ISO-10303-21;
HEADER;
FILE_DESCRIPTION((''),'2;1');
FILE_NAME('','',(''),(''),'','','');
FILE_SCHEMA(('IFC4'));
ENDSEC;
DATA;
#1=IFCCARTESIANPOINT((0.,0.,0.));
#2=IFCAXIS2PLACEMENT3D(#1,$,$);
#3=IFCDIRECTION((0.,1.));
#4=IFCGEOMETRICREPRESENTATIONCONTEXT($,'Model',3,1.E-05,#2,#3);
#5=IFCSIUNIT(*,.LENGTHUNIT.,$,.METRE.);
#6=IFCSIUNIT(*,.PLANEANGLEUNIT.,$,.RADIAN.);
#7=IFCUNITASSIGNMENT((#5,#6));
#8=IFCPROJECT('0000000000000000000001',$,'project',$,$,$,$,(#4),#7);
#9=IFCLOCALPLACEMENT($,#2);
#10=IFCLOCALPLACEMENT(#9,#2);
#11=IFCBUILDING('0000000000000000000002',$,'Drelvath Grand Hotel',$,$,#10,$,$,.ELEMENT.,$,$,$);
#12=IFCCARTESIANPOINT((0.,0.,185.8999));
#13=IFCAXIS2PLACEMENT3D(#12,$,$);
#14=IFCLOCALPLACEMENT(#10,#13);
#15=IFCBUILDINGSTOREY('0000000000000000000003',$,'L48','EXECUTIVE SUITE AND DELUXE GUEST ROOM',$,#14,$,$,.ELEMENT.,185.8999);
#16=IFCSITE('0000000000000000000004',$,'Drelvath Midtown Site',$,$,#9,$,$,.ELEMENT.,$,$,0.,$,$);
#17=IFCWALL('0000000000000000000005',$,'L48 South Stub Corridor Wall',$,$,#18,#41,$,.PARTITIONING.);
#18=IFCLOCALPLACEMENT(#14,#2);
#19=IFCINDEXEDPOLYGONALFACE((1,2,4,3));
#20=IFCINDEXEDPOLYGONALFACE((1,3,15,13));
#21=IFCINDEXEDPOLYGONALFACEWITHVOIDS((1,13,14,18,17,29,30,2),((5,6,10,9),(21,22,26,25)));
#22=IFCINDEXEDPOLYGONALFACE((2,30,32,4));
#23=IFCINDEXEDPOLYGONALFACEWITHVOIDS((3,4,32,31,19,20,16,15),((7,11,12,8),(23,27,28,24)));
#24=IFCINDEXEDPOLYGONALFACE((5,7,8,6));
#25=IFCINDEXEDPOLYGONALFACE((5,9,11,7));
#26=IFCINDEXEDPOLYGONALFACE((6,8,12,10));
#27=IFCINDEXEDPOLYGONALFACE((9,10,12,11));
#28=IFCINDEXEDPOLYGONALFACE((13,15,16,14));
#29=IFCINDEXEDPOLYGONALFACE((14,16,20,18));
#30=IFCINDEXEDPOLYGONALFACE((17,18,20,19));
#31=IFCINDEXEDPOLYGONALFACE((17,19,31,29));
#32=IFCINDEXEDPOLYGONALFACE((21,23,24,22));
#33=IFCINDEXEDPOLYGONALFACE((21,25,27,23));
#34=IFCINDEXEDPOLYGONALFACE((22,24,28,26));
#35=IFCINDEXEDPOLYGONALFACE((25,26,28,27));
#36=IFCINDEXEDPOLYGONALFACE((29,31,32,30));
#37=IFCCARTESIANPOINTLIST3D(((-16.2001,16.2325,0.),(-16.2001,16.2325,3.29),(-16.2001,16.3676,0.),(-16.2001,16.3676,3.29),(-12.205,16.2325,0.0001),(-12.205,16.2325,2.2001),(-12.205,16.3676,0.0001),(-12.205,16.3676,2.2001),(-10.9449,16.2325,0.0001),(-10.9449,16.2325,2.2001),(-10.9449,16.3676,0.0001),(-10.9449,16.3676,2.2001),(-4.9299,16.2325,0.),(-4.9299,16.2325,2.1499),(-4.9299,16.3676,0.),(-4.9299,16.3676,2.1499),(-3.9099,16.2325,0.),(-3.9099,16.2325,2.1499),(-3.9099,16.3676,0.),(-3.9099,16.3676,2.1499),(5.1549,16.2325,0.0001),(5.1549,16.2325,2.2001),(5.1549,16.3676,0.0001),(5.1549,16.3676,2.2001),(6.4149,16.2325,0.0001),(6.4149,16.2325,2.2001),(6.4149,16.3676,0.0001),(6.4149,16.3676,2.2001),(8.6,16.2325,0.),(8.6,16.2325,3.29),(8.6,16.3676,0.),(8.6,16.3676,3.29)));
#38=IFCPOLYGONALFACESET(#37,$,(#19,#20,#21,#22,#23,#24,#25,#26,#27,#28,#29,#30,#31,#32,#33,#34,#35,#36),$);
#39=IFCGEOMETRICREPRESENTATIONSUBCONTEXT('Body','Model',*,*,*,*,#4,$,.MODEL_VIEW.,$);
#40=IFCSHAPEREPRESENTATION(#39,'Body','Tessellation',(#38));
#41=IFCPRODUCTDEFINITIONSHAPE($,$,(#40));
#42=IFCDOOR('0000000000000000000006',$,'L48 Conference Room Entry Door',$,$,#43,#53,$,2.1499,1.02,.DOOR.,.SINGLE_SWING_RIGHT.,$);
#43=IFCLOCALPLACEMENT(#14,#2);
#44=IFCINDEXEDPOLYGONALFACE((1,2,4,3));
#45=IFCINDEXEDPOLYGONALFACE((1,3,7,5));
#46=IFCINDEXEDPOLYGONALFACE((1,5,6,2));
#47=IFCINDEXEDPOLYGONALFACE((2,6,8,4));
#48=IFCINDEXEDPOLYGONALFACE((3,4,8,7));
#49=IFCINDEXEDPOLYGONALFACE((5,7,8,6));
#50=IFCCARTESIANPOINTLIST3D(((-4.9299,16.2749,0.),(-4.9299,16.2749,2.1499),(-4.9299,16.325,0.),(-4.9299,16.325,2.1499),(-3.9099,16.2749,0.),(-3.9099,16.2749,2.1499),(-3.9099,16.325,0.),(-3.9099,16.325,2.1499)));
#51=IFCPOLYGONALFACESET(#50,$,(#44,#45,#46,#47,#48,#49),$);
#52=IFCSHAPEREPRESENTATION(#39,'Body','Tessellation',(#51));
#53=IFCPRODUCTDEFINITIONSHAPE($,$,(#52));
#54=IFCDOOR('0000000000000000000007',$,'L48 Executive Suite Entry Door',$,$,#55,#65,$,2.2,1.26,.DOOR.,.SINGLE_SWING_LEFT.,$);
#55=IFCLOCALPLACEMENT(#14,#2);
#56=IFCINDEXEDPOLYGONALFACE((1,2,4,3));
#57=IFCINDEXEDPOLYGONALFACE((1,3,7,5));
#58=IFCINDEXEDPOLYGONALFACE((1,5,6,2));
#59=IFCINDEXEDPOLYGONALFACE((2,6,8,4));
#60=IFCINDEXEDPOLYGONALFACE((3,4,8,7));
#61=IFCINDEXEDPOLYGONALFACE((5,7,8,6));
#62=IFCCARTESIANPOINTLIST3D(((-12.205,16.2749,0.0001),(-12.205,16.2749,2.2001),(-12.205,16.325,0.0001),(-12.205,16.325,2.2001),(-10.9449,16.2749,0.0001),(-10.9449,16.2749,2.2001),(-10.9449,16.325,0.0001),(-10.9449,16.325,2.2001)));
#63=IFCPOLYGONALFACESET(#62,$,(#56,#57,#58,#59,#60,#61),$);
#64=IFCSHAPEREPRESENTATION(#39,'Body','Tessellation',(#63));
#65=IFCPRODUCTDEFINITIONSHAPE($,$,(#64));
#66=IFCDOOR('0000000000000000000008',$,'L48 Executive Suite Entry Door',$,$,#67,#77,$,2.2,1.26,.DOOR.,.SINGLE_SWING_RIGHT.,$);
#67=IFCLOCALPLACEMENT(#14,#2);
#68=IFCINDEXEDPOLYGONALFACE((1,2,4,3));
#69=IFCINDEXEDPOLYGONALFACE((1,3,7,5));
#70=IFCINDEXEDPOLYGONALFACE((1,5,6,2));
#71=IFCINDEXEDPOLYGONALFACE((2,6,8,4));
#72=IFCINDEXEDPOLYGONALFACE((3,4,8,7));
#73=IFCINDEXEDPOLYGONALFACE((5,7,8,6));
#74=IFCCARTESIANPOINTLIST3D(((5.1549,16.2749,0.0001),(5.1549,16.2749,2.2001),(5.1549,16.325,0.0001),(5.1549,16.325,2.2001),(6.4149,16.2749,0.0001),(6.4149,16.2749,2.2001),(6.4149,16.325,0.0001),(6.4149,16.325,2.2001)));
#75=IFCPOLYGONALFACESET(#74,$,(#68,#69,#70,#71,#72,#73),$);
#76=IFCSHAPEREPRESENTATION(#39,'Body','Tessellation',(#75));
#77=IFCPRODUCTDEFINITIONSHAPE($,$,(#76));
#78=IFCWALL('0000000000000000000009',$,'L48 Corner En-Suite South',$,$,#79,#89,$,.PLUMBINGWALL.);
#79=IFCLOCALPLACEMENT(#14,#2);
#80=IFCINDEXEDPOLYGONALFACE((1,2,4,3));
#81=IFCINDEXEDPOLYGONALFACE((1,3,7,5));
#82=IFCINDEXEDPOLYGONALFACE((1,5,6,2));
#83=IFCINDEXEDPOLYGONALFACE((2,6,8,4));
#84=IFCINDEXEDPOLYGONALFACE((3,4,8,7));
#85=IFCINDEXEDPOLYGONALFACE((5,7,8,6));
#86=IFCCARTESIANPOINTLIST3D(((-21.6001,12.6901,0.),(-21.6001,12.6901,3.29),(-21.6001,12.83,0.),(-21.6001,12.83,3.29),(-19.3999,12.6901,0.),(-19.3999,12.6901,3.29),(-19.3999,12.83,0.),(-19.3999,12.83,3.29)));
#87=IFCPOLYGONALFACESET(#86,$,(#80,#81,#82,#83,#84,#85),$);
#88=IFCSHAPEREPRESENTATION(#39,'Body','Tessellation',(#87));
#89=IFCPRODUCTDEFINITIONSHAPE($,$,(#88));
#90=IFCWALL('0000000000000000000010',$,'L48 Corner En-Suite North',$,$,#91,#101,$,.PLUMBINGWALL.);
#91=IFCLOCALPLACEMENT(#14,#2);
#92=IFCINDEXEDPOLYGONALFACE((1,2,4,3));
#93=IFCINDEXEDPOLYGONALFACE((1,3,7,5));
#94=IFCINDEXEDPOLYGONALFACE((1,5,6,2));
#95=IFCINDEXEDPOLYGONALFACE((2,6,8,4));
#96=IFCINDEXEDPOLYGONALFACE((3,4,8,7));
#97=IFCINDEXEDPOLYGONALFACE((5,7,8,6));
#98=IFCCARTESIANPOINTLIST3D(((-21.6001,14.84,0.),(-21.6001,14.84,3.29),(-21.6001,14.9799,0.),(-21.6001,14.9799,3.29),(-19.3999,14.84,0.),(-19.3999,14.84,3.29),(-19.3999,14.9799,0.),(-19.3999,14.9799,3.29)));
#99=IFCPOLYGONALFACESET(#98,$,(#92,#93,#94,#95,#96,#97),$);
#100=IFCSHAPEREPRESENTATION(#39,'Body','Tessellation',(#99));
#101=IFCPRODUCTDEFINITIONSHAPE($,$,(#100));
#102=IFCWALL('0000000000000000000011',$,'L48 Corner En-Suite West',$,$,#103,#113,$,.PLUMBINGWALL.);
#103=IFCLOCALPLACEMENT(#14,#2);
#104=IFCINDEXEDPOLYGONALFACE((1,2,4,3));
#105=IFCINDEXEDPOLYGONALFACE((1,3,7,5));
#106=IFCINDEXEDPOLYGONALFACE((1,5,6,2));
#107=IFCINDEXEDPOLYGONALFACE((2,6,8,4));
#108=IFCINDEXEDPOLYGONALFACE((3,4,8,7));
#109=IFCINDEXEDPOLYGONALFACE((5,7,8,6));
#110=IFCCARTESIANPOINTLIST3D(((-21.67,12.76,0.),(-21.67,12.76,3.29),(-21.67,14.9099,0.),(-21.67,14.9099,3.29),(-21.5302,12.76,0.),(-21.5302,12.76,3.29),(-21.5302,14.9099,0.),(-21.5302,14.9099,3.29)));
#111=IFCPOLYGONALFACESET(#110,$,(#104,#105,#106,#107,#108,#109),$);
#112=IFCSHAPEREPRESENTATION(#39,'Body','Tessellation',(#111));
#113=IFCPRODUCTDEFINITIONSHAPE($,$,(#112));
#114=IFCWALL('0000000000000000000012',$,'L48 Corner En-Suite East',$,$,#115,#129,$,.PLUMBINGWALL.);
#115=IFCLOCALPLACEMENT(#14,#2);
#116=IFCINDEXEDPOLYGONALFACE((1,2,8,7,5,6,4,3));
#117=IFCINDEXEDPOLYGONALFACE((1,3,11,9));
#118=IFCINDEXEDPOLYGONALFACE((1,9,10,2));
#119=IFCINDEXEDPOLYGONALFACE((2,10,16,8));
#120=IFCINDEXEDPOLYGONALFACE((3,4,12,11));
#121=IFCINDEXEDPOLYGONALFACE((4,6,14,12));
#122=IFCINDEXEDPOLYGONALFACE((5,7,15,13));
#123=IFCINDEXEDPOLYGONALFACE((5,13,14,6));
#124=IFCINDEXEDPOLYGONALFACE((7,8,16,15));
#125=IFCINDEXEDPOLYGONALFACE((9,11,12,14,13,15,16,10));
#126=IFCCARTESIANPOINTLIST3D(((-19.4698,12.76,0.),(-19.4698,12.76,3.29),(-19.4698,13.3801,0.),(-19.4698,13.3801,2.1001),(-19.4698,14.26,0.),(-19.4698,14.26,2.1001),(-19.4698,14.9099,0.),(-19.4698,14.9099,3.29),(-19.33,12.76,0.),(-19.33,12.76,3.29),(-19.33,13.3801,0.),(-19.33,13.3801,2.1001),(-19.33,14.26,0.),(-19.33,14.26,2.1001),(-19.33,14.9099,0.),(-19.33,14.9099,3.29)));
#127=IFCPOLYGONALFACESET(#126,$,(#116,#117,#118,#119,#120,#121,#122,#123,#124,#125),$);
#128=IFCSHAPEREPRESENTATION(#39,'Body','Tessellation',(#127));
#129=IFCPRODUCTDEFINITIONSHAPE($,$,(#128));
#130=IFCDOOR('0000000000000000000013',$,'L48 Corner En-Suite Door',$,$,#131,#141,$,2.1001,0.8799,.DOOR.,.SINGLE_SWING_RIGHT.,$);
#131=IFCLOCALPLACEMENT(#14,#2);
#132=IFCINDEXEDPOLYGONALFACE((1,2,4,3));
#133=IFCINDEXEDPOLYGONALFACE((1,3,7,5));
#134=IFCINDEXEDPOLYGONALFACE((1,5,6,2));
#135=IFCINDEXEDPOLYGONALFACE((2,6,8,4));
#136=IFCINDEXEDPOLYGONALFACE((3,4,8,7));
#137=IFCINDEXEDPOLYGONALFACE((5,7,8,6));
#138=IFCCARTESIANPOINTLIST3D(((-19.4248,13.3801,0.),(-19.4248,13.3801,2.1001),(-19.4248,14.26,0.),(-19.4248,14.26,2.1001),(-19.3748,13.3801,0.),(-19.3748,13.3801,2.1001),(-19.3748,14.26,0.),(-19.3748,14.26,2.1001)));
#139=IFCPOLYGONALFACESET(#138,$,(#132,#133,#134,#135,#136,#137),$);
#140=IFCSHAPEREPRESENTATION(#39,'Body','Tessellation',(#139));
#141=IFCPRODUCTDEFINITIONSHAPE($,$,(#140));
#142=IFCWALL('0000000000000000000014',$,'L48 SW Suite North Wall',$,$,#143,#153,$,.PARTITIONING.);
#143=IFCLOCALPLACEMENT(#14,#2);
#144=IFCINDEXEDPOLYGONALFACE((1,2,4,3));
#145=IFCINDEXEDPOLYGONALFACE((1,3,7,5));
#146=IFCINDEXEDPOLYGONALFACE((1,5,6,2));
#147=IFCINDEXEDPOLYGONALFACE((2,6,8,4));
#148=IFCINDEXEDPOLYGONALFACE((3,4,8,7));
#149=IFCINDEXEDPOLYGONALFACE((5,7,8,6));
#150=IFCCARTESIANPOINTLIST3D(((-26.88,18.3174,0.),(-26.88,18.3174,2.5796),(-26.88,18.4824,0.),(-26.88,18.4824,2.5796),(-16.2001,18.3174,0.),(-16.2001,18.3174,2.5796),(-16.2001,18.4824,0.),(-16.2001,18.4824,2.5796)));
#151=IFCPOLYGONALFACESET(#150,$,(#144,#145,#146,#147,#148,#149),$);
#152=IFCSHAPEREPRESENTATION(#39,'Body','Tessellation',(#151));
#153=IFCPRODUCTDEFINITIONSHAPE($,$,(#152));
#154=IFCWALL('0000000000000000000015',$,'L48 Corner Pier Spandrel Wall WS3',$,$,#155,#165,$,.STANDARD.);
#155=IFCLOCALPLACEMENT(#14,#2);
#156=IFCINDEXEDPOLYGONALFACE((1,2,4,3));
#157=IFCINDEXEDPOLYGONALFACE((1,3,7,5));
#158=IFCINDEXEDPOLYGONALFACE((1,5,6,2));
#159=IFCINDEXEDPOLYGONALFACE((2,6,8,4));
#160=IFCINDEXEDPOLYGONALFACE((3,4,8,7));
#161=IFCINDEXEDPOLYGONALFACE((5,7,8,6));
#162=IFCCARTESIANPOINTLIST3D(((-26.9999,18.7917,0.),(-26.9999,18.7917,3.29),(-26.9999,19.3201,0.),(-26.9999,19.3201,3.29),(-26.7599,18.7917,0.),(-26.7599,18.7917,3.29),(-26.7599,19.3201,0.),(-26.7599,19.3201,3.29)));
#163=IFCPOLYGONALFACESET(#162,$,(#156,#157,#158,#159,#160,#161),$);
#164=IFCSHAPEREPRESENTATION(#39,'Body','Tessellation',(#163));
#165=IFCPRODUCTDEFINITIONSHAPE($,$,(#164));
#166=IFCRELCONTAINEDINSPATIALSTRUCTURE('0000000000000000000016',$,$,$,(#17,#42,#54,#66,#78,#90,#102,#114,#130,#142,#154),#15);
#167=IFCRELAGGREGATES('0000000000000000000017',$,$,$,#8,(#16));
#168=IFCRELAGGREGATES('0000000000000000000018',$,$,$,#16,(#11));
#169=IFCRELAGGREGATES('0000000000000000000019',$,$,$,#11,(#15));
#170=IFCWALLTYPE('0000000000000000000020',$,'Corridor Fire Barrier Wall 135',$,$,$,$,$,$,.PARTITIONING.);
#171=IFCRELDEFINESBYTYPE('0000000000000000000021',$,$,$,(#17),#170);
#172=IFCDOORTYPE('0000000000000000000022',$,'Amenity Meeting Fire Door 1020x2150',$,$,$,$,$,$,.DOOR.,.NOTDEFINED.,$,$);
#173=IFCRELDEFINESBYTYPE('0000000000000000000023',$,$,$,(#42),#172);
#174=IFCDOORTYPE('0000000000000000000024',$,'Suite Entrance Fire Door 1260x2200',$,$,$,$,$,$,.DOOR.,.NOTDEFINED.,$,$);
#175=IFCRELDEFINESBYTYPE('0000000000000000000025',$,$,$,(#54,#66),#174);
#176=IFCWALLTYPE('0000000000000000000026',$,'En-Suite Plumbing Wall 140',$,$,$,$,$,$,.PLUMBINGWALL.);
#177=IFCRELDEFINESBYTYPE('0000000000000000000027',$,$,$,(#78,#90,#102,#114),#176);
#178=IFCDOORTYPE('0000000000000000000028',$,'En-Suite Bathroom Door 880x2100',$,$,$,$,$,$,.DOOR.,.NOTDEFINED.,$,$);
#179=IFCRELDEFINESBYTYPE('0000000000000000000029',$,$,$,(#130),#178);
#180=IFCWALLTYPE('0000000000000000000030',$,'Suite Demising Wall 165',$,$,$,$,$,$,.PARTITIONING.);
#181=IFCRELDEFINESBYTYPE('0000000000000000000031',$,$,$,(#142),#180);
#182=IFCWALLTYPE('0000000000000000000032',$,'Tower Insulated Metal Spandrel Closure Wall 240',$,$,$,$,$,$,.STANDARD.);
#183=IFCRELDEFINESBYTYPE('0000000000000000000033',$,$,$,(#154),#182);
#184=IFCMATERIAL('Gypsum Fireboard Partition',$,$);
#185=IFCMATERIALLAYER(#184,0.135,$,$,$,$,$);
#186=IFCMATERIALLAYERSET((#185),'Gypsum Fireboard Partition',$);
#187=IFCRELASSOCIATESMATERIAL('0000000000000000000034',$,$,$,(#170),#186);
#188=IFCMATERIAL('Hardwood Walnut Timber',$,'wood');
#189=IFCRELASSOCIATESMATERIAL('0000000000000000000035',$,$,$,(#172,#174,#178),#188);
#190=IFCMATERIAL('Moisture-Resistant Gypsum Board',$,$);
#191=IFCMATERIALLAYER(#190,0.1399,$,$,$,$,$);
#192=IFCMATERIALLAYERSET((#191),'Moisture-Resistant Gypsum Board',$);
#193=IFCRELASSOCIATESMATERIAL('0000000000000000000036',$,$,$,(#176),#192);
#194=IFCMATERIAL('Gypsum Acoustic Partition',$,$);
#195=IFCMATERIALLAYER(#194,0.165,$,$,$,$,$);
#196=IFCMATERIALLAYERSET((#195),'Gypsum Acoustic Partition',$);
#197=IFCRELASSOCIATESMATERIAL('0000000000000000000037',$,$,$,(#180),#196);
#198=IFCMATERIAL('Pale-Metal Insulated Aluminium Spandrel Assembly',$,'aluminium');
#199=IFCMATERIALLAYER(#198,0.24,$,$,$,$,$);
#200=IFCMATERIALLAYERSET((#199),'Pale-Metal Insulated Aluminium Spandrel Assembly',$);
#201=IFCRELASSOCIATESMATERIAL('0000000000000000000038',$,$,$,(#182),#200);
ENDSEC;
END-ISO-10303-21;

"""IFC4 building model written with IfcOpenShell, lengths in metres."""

from ifc_helpers import new_model, si_unit, direction, frame, frame_2d, origin, place, context, subcontext, project, spatial, rectangle, extrude, material, layer, layer_set, type_object, element, fill, save


model = new_model("IFC4")

# Units and contexts
model_context = context("Model", 3, precision=1e-05, world=origin(), true_north=direction((0.0, 1.0)))
body_context = subcontext(model_context, "Body", "Model", "MODEL_VIEW")
ifc_project = project(units=[si_unit("LENGTHUNIT", "METRE"), si_unit("PLANEANGLEUNIT", "RADIAN")], contexts=[model_context])

# Site, building, storey
site_placement = place(None, origin())
site = spatial("IfcSite", under=ifc_project, at=site_placement, Name="Drelvath Midtown Site", CompositionType="ELEMENT", RefElevation=0.0)
building_placement = place(site_placement, origin())
building = spatial("IfcBuilding", under=site, at=building_placement, Name="Drelvath Grand Hotel", CompositionType="ELEMENT")
storey_placement = place(building_placement, frame((0.0, 0.0, 185.8999)))
storey = spatial("IfcBuildingStorey", under=building, at=storey_placement, Name="L48", Description="EXECUTIVE SUITE AND DELUXE GUEST ROOM", CompositionType="ELEMENT", Elevation=185.8999)

# Wall, openings, doors
ifc_material_1 = material(Name="Gypsum Fireboard Partition")
ifc_layer_1 = layer(ifc_material_1, 0.135)
ifc_layer_set_1 = layer_set([ifc_layer_1], Name="Gypsum Fireboard Partition")
wall_type_1 = type_object("IfcWallType", Name="Corridor Fire Barrier Wall 135", PredefinedType="PARTITIONING", material=ifc_layer_set_1)
wall_1_placement = place(storey_placement, frame((-16.2, 16.3, 0.0), z_axis=(0.0, 0.0, 1.0), x_axis=(1.0, 0.0, 0.0)))
wall_1 = element("IfcWall", 1, at=wall_1_placement, inside=storey, type_object=wall_type_1, Name="L48 South Stub Corridor Wall", PredefinedType="PARTITIONING", context=body_context, shape_type="SweptSolid", body=[
    extrude(rectangle(XDim=24.8, YDim=0.135, at=frame_2d((12.3999, 0.0))), origin(), (0.0, 0.0, 1.0), 3.29),
])
opening_1_placement = place(wall_1_placement, frame((3.9951, 0.0, 0.0)))
opening_1 = element("IfcOpeningElement", 2, at=opening_1_placement, cuts=wall_1, PredefinedType="OPENING", context=body_context, shape_type="SweptSolid", body=[
    extrude(rectangle(XDim=1.26, YDim=2.2, at=frame_2d((0.6299, 1.1001))), frame((0.0, 0.0774, 0.0), z_axis=(0.0, -1.0, 0.0), x_axis=(1.0, 0.0, 0.0)), (0.0, 0.0, 1.0), 0.155),
])
opening_2_placement = place(wall_1_placement, frame((11.27, 0.0, 0.0)))
opening_2 = element("IfcOpeningElement", 3, at=opening_2_placement, cuts=wall_1, PredefinedType="OPENING", context=body_context, shape_type="SweptSolid", body=[
    extrude(rectangle(XDim=1.02, YDim=2.1499, at=frame_2d((0.51, 1.075))), frame((0.0, 0.0774, 0.0), z_axis=(0.0, -1.0, 0.0), x_axis=(1.0, 0.0, 0.0)), (0.0, 0.0, 1.0), 0.155),
])
opening_3_placement = place(wall_1_placement, frame((21.355, 0.0, 0.0)))
opening_3 = element("IfcOpeningElement", 4, at=opening_3_placement, cuts=wall_1, PredefinedType="OPENING", context=body_context, shape_type="SweptSolid", body=[
    extrude(rectangle(XDim=1.26, YDim=2.2, at=frame_2d((0.6299, 1.1001))), frame((0.0, 0.0774, 0.0), z_axis=(0.0, -1.0, 0.0), x_axis=(1.0, 0.0, 0.0)), (0.0, 0.0, 1.0), 0.155),
])
ifc_material_2 = material(Name="Hardwood Walnut Timber", Category="wood")
door_type_1 = type_object("IfcDoorType", Name="Amenity Meeting Fire Door 1020x2150", OperationType="NOTDEFINED", PredefinedType="DOOR", material=ifc_material_2)
door_1_placement = place(opening_2_placement, origin())
door_1 = element("IfcDoor", 5, at=door_1_placement, inside=storey, type_object=door_type_1, Name="L48 Conference Room Entry Door", OperationType="SINGLE_SWING_RIGHT", OverallHeight=2.1499, OverallWidth=1.02, PredefinedType="DOOR", context=body_context, shape_type="SweptSolid", body=[
    extrude(rectangle(XDim=1.02, YDim=2.1499, at=frame_2d((0.51, 1.075))), frame((0.0, 0.0249, 0.0), z_axis=(0.0, -1.0, 0.0), x_axis=(1.0, 0.0, 0.0)), (0.0, 0.0, 1.0), 0.05),
])
fill(opening_2, door_1)
door_type_2 = type_object("IfcDoorType", Name="Suite Entrance Fire Door 1260x2200", OperationType="NOTDEFINED", PredefinedType="DOOR", material=ifc_material_2)
door_2_placement = place(opening_1_placement, origin())
door_2 = element("IfcDoor", 6, at=door_2_placement, inside=storey, type_object=door_type_2, Name="L48 Executive Suite Entry Door", OperationType="SINGLE_SWING_LEFT", OverallHeight=2.2, OverallWidth=1.26, PredefinedType="DOOR", context=body_context, shape_type="SweptSolid", body=[
    extrude(rectangle(XDim=1.26, YDim=2.2, at=frame_2d((0.6299, 1.1001))), frame((0.0, 0.0249, 0.0), z_axis=(0.0, -1.0, 0.0), x_axis=(1.0, 0.0, 0.0)), (0.0, 0.0, 1.0), 0.05),
])
fill(opening_1, door_2)
door_3_placement = place(opening_3_placement, origin())
door_3 = element("IfcDoor", 7, at=door_3_placement, inside=storey, type_object=door_type_2, Name="L48 Executive Suite Entry Door", OperationType="SINGLE_SWING_RIGHT", OverallHeight=2.2, OverallWidth=1.26, PredefinedType="DOOR", context=body_context, shape_type="SweptSolid", body=[
    extrude(rectangle(XDim=1.26, YDim=2.2, at=frame_2d((0.6299, 1.1001))), frame((0.0, 0.0249, 0.0), z_axis=(0.0, -1.0, 0.0), x_axis=(1.0, 0.0, 0.0)), (0.0, 0.0, 1.0), 0.05),
])
fill(opening_3, door_3)

# Walls
ifc_material_3 = material(Name="Moisture-Resistant Gypsum Board")
ifc_layer_2 = layer(ifc_material_3, 0.1399)
ifc_layer_set_2 = layer_set([ifc_layer_2], Name="Moisture-Resistant Gypsum Board")
wall_type_2 = type_object("IfcWallType", Name="En-Suite Plumbing Wall 140", PredefinedType="PLUMBINGWALL", material=ifc_layer_set_2)
for number, where, z_axis, x_axis, name in (
    (8, (-21.6001, 12.76, 0.0), (0.0, 0.0, 1.0), (1.0, 0.0, 0.0), "L48 Corner En-Suite South"),
    (9, (-21.6001, 14.9099, 0.0), (0.0, 0.0, 1.0), (1.0, 0.0, 0.0), "L48 Corner En-Suite North"),
):
    element("IfcWall", number, at=place(storey_placement, frame(where, z_axis=z_axis, x_axis=x_axis)), inside=storey, type_object=wall_type_2, Name=name, PredefinedType="PLUMBINGWALL", context=body_context, shape_type="SweptSolid", body=[
        extrude(rectangle(XDim=2.2002, YDim=0.1399, at=frame_2d((1.1001, 0.0))), origin(), (0.0, 0.0, 1.0), 3.29),
    ])
wall_2_placement = place(storey_placement, frame((-21.6001, 12.76, 0.0), z_axis=(0.0, 0.0, 1.0), x_axis=(0.0, 1.0, 0.0)))
element("IfcWall", 10, at=wall_2_placement, inside=storey, type_object=wall_type_2, Name="L48 Corner En-Suite West", PredefinedType="PLUMBINGWALL", context=body_context, shape_type="SweptSolid", body=[
    extrude(rectangle(XDim=2.1499, YDim=0.1399, at=frame_2d((1.075, 0.0))), origin(), (0.0, 0.0, 1.0), 3.29),
])

# Wall, opening, door
wall_3_placement = place(storey_placement, frame((-19.3999, 12.76, 0.0), z_axis=(0.0, 0.0, 1.0), x_axis=(0.0, 1.0, 0.0)))
wall_3 = element("IfcWall", 11, at=wall_3_placement, inside=storey, type_object=wall_type_2, Name="L48 Corner En-Suite East", PredefinedType="PLUMBINGWALL", context=body_context, shape_type="SweptSolid", body=[
    extrude(rectangle(XDim=2.1499, YDim=0.1399, at=frame_2d((1.075, 0.0))), origin(), (0.0, 0.0, 1.0), 3.29),
])
opening_4_placement = place(wall_3_placement, frame((0.6201, 0.0, 0.0)))
opening_4 = element("IfcOpeningElement", 12, at=opening_4_placement, cuts=wall_3, PredefinedType="OPENING", context=body_context, shape_type="SweptSolid", body=[
    extrude(rectangle(XDim=0.8799, YDim=2.1001, at=frame_2d((0.4399, 1.05))), frame((0.0, 0.0798, 0.0), z_axis=(0.0, -1.0, 0.0), x_axis=(1.0, 0.0, 0.0)), (0.0, 0.0, 1.0), 0.1599),
])
door_type_3 = type_object("IfcDoorType", Name="En-Suite Bathroom Door 880x2100", OperationType="NOTDEFINED", PredefinedType="DOOR", material=ifc_material_2)
door_4_placement = place(opening_4_placement, origin())
door_4 = element("IfcDoor", 13, at=door_4_placement, inside=storey, type_object=door_type_3, Name="L48 Corner En-Suite Door", OperationType="SINGLE_SWING_RIGHT", OverallHeight=2.1001, OverallWidth=0.8799, PredefinedType="DOOR", context=body_context, shape_type="SweptSolid", body=[
    extrude(rectangle(XDim=0.8799, YDim=2.1001, at=frame_2d((0.4399, 1.05))), frame((0.0, 0.0249, 0.0), z_axis=(0.0, -1.0, 0.0), x_axis=(1.0, 0.0, 0.0)), (0.0, 0.0, 1.0), 0.05),
])
fill(opening_4, door_4)

# Walls
ifc_material_4 = material(Name="Gypsum Acoustic Partition")
ifc_layer_3 = layer(ifc_material_4, 0.165)
ifc_layer_set_3 = layer_set([ifc_layer_3], Name="Gypsum Acoustic Partition")
wall_type_3 = type_object("IfcWallType", Name="Suite Demising Wall 165", PredefinedType="PARTITIONING", material=ifc_layer_set_3)
wall_4_placement = place(storey_placement, frame((-26.8799, 18.3999, 0.0), z_axis=(0.0, 0.0, 1.0), x_axis=(1.0, 0.0, 0.0)))
element("IfcWall", 14, at=wall_4_placement, inside=storey, type_object=wall_type_3, Name="L48 SW Suite North Wall", PredefinedType="PARTITIONING", context=body_context, shape_type="SweptSolid", body=[
    extrude(rectangle(XDim=10.6799, YDim=0.165, at=frame_2d((5.3398, 0.0))), origin(), (0.0, 0.0, 1.0), 2.5796),
])
ifc_material_5 = material(Name="Pale-Metal Insulated Aluminium Spandrel Assembly", Category="aluminium")
ifc_layer_4 = layer(ifc_material_5, 0.24)
ifc_layer_set_4 = layer_set([ifc_layer_4], Name="Pale-Metal Insulated Aluminium Spandrel Assembly")
wall_type_4 = type_object("IfcWallType", Name="Tower Insulated Metal Spandrel Closure Wall 240", PredefinedType="STANDARD", material=ifc_layer_set_4)
wall_5_placement = place(storey_placement, frame((-26.8799, 18.7917, 0.0), z_axis=(0.0, 0.0, 1.0), x_axis=(0.0, 1.0, 0.0)))
element("IfcWall", 15, at=wall_5_placement, inside=storey, type_object=wall_type_4, Name="L48 Corner Pier Spandrel Wall WS3", PredefinedType="STANDARD", context=body_context, shape_type="SweptSolid", body=[
    extrude(rectangle(XDim=0.5283, YDim=0.24, at=frame_2d((0.2642, 0.0))), origin(), (0.0, 0.0, 1.0), 3.29),
])

save(model, "model.ifc")
